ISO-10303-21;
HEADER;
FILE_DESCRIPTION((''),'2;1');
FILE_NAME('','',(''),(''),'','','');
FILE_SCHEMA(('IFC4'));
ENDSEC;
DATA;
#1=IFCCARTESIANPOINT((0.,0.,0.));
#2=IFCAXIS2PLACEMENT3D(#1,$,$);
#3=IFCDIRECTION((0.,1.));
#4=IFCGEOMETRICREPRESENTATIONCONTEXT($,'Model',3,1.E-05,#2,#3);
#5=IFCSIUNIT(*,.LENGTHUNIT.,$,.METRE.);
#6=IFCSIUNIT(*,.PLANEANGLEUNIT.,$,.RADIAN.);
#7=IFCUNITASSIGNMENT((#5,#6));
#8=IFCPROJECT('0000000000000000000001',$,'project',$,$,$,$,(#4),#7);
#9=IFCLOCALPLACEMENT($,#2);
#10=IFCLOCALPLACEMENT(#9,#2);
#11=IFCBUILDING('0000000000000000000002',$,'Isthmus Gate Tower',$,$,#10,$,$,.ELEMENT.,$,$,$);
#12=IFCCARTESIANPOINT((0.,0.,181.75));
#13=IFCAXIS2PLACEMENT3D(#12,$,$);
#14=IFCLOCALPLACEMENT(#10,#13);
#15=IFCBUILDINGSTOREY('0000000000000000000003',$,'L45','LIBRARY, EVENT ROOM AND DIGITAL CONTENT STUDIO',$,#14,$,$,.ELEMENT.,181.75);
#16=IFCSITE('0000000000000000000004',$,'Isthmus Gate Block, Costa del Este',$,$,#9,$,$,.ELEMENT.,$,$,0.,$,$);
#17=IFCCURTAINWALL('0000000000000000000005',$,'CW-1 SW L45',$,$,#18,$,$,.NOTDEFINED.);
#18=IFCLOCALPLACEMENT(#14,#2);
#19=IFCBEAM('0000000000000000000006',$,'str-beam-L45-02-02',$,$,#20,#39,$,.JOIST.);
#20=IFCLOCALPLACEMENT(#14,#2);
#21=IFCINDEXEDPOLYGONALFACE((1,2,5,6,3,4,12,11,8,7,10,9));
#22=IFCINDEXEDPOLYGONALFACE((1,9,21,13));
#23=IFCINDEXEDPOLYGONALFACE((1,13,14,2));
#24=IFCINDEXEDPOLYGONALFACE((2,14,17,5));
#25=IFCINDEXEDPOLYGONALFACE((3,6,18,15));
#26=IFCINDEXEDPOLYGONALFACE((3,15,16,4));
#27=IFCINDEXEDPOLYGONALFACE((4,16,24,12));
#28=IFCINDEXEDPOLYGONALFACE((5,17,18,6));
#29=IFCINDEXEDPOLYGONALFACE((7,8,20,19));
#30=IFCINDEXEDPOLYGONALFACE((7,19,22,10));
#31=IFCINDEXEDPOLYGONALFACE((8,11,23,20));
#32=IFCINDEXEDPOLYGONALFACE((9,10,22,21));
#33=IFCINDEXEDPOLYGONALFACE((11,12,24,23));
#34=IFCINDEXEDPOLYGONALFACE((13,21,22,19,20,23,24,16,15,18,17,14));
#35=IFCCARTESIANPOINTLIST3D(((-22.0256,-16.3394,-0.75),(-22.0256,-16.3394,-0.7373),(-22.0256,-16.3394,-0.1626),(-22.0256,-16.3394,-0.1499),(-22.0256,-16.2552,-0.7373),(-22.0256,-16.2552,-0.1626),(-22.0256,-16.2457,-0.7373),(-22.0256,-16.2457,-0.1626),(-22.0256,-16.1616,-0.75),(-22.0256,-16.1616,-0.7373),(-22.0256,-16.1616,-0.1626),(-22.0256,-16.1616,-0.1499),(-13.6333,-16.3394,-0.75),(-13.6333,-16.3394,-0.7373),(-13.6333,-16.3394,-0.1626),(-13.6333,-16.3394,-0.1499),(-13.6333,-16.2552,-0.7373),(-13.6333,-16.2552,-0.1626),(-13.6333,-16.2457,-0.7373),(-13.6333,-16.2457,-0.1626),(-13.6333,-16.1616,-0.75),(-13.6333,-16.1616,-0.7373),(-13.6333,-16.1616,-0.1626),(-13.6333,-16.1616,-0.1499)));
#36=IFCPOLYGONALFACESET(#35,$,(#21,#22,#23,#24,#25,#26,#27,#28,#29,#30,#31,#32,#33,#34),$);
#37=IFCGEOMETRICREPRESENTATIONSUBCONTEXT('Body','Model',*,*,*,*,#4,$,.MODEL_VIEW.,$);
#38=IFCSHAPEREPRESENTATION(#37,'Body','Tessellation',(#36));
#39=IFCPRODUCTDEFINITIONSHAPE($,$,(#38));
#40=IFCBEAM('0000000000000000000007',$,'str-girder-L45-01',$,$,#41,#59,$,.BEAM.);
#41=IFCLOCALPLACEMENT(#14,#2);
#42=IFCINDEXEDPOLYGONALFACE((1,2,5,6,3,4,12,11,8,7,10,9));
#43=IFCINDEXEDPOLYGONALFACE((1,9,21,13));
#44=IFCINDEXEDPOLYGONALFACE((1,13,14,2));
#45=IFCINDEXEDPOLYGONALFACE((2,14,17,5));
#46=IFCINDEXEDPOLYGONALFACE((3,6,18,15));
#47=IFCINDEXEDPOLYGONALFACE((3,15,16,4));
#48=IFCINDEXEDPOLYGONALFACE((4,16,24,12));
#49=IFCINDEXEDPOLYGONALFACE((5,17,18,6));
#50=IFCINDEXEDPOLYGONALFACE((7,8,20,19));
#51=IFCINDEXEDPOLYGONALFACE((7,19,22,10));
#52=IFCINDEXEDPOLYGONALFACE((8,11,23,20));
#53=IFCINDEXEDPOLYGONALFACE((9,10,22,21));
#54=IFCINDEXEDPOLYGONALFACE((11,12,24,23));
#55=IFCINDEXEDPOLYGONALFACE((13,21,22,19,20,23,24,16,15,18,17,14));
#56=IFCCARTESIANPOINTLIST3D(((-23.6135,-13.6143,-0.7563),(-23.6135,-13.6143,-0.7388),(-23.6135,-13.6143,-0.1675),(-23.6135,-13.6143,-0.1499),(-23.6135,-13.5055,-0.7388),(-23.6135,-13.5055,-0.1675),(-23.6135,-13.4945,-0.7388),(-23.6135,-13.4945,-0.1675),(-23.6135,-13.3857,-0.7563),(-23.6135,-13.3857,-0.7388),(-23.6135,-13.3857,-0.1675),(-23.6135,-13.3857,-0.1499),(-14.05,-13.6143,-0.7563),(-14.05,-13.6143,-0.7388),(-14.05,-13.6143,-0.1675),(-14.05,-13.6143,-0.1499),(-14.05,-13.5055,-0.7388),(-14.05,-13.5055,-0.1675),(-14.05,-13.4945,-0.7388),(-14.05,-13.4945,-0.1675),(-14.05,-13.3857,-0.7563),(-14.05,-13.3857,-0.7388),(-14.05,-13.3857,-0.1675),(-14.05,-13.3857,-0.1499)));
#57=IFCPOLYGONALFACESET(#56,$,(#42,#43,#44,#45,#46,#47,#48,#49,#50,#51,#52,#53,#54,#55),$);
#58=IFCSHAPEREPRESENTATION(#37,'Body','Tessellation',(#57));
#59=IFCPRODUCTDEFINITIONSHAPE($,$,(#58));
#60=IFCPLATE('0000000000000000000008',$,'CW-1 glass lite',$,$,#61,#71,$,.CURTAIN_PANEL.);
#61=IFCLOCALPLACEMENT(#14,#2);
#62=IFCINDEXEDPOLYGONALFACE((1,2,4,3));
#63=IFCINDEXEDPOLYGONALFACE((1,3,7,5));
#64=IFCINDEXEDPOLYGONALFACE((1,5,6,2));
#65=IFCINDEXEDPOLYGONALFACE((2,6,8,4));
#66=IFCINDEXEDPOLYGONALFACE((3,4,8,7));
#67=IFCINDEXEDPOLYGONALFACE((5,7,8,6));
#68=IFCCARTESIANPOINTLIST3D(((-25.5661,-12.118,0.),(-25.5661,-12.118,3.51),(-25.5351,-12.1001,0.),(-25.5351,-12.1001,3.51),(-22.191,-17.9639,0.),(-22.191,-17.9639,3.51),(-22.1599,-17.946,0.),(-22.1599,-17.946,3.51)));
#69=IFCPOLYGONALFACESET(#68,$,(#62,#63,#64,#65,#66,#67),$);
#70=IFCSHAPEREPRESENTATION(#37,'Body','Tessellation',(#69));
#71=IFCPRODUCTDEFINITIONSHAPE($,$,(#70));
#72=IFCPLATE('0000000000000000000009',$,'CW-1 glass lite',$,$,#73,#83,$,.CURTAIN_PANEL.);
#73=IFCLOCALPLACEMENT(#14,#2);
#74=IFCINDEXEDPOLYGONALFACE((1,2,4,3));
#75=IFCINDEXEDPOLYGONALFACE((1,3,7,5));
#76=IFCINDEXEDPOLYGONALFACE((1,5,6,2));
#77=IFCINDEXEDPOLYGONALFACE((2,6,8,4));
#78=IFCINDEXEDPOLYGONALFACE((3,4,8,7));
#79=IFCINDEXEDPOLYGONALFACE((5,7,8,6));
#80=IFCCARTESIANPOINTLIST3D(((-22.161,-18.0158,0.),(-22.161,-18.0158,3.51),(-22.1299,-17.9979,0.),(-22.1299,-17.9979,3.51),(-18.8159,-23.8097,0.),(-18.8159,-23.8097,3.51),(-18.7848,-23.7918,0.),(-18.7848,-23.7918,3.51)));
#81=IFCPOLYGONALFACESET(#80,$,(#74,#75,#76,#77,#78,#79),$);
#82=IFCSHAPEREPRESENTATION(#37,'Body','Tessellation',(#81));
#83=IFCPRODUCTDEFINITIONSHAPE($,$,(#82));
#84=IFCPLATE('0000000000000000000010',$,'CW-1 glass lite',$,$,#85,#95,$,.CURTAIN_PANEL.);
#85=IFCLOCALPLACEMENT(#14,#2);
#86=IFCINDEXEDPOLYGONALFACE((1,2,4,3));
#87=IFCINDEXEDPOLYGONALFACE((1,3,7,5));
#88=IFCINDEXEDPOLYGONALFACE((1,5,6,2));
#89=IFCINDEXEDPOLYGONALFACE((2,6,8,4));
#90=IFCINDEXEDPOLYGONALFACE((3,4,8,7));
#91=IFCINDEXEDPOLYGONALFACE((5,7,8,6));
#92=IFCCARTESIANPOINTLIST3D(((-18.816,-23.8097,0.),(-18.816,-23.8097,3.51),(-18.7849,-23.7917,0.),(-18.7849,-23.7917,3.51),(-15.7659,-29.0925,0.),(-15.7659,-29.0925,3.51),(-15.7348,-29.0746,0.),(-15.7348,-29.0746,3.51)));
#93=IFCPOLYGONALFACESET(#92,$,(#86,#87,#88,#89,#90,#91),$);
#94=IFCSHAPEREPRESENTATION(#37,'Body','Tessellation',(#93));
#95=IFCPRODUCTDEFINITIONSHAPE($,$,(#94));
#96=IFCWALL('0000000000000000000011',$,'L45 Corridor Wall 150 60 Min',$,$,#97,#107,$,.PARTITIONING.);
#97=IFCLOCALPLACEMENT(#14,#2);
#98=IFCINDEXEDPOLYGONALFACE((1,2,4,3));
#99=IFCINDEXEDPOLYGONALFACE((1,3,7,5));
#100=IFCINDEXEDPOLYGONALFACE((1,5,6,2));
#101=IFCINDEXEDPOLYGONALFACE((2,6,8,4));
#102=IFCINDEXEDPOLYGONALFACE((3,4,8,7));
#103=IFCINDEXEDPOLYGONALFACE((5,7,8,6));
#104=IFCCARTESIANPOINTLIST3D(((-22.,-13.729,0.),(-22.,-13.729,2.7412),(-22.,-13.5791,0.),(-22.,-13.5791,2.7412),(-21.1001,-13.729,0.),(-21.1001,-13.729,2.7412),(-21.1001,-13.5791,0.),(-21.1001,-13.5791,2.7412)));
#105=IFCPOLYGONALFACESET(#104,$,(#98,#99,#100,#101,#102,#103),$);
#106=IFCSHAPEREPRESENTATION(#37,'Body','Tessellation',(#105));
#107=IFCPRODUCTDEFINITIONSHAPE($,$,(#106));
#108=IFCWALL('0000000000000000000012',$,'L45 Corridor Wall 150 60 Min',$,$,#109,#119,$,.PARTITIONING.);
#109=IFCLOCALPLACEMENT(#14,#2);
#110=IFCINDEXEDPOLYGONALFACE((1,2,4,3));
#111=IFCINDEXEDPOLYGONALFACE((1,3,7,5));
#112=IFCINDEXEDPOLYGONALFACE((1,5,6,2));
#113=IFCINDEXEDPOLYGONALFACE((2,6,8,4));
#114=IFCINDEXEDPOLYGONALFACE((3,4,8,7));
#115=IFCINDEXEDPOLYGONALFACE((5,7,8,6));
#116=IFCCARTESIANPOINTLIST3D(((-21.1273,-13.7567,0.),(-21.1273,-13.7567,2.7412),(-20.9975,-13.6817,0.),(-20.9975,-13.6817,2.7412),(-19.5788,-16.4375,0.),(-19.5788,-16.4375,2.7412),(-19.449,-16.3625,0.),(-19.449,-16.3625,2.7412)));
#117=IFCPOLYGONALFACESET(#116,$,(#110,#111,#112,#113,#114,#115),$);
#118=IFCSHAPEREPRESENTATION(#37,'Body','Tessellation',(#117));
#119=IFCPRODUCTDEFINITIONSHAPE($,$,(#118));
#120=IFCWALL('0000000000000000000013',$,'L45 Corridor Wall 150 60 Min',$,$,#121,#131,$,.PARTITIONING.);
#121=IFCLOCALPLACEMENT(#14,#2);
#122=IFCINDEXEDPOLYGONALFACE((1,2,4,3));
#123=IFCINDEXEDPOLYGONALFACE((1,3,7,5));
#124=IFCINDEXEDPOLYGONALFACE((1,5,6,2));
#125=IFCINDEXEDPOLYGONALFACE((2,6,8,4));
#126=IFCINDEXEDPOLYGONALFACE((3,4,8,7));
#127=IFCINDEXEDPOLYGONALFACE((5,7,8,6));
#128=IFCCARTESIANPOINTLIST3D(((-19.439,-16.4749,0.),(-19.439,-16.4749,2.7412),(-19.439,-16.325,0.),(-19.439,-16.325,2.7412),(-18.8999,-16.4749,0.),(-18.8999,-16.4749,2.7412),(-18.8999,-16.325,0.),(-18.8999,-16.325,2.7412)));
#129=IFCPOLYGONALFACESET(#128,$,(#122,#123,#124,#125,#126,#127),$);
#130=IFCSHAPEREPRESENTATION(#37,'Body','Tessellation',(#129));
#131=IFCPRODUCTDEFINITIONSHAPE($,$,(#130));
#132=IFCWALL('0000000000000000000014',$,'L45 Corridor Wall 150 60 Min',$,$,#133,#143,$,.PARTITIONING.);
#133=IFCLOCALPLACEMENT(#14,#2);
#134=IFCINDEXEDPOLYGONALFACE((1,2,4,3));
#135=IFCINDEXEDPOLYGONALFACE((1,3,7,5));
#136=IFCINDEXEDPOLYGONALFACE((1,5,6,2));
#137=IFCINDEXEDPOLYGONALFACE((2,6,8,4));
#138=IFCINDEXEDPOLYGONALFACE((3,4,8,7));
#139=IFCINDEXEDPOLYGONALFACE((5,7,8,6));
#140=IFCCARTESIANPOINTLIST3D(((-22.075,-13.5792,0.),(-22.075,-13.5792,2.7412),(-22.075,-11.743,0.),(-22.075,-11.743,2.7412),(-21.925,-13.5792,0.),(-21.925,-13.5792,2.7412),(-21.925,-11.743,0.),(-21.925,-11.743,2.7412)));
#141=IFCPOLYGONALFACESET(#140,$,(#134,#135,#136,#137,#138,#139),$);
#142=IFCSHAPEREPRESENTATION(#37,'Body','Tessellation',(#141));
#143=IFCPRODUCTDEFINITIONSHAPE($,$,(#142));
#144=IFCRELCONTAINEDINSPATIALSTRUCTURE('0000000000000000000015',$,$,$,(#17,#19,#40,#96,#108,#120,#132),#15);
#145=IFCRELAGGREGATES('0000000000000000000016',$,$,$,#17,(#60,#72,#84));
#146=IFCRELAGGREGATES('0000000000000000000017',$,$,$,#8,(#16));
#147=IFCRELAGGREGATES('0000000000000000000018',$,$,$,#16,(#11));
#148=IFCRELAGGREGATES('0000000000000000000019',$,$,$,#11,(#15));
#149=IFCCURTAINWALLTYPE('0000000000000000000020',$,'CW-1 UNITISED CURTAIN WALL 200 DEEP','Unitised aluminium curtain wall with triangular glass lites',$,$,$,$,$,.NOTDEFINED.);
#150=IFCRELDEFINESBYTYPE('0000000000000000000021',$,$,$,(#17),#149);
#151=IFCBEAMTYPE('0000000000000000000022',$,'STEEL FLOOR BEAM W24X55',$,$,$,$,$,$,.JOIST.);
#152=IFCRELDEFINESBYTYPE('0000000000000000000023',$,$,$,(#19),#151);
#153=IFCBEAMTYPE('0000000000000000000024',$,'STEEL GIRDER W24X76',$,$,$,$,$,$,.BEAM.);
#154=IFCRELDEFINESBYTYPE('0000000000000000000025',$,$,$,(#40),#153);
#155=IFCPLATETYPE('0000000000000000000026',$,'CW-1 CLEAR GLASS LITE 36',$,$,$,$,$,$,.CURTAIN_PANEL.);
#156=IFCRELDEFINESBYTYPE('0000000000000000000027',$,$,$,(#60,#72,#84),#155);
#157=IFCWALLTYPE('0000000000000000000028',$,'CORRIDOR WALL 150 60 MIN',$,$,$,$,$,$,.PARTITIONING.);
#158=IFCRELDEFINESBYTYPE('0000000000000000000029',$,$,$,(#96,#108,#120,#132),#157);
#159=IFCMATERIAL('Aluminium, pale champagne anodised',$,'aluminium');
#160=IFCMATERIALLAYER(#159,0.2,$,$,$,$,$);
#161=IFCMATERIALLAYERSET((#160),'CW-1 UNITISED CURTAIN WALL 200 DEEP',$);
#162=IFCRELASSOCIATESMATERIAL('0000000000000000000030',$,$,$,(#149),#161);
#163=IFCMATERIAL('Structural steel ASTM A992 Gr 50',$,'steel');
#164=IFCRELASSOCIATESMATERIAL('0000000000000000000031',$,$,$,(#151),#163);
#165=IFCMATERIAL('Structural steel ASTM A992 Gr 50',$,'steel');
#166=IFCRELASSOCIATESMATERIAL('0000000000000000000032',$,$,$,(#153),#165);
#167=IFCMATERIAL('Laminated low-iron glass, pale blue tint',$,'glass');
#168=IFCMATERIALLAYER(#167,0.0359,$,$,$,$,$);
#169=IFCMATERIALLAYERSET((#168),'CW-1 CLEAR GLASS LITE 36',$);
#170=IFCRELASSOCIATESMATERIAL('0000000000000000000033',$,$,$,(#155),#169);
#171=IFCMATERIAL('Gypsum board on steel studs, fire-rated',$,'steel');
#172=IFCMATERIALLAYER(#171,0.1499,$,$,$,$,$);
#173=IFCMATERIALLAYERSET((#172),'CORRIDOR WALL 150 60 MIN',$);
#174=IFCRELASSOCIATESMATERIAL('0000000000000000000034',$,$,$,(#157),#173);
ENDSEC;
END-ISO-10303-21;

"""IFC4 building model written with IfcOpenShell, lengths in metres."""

from ifc_helpers import new_model, si_unit, direction, frame, frame_2d, origin, origin_2d, place, context, subcontext, project, spatial, rectangle, i_section, extrude, material, layer, layer_set, material_profile, profile_set, type_object, element, aggregate, save


model = new_model("IFC4")

# Units and contexts
model_context = context("Model", 3, precision=1e-05, world=origin(), true_north=direction((0.0, 1.0)))
body_context = subcontext(model_context, "Body", "Model", "MODEL_VIEW")
ifc_project = project(units=[si_unit("LENGTHUNIT", "METRE"), si_unit("PLANEANGLEUNIT", "RADIAN")], contexts=[model_context])

# Site, building, storey
site_placement = place(None, origin())
site = spatial("IfcSite", under=ifc_project, at=site_placement, Name="Isthmus Gate Block, Costa del Este", CompositionType="ELEMENT", RefElevation=0.0)
building_placement = place(site_placement, origin())
building = spatial("IfcBuilding", under=site, at=building_placement, Name="Isthmus Gate Tower", CompositionType="ELEMENT")
storey_placement = place(building_placement, frame((0.0, 0.0, 181.75)))
storey = spatial("IfcBuildingStorey", under=building, at=storey_placement, Name="L45", Description="LIBRARY, EVENT ROOM AND DIGITAL CONTENT STUDIO", CompositionType="ELEMENT", Elevation=181.75)

# Curtain wall
ifc_material_1 = material(Name="Aluminium, pale champagne anodised", Category="aluminium")
ifc_layer_1 = layer(ifc_material_1, 0.2)
ifc_layer_set_1 = layer_set([ifc_layer_1], Name="CW-1 UNITISED CURTAIN WALL 200 DEEP")
curtain_wall_type = type_object("IfcCurtainWallType", Name="CW-1 UNITISED CURTAIN WALL 200 DEEP", Description="Unitised aluminium curtain wall with triangular glass lites", PredefinedType="NOTDEFINED", material=ifc_layer_set_1)
curtain_wall_1_placement = place(storey_placement, origin())
curtain_wall_1 = element("IfcCurtainWall", 1, at=curtain_wall_1_placement, inside=storey, type_object=curtain_wall_type, Name="CW-1 SW L45", PredefinedType="NOTDEFINED")

# Beams
ifc_material_2 = material(Name="Structural steel ASTM A992 Gr 50", Category="steel")
ifc_material_profile_1 = material_profile(ifc_material_2, i_section(OverallWidth=0.1777, OverallDepth=0.6001, WebThickness=0.0095, FlangeThickness=0.0127, at=origin_2d()), Name="W24X55")
ifc_profile_set_1 = profile_set([ifc_material_profile_1], Name="Structural steel ASTM A992 Gr 50")
beam_type_1 = type_object("IfcBeamType", Name="STEEL FLOOR BEAM W24X55", PredefinedType="JOIST", material=ifc_profile_set_1)
beam_1_placement = place(storey_placement, frame((-22.0256, -16.2505, -0.45), z_axis=(1.0, 0.0, 0.0), x_axis=(0.0, 1.0, 0.0)))
element("IfcBeam", 2, at=beam_1_placement, inside=storey, type_object=beam_type_1, Name="str-beam-L45-02-02", PredefinedType="JOIST", context=body_context, shape_type="SweptSolid", body=[
    extrude(i_section(OverallWidth=0.1777, OverallDepth=0.6001, WebThickness=0.0095, FlangeThickness=0.0127, at=origin_2d()), origin(), (0.0, 0.0, 1.0), 8.3923),
])
ifc_material_3 = material(Name="Structural steel ASTM A992 Gr 50", Category="steel")
ifc_material_profile_2 = material_profile(ifc_material_3, i_section(OverallWidth=0.2285, OverallDepth=0.6064, WebThickness=0.011, FlangeThickness=0.0176, at=origin_2d()), Name="W24X76")
ifc_profile_set_2 = profile_set([ifc_material_profile_2], Name="Structural steel ASTM A992 Gr 50")
beam_type_2 = type_object("IfcBeamType", Name="STEEL GIRDER W24X76", PredefinedType="BEAM", material=ifc_profile_set_2)
beam_2_placement = place(storey_placement, frame((-23.6135, -13.5, -0.4531), z_axis=(1.0, 0.0, 0.0), x_axis=(0.0, 1.0, 0.0)))
element("IfcBeam", 3, at=beam_2_placement, inside=storey, type_object=beam_type_2, Name="str-girder-L45-01", PredefinedType="BEAM", context=body_context, shape_type="SweptSolid", body=[
    extrude(i_section(OverallWidth=0.2285, OverallDepth=0.6064, WebThickness=0.011, FlangeThickness=0.0176, at=origin_2d()), origin(), (0.0, 0.0, 1.0), 9.5635),
])

# Plates
ifc_material_4 = material(Name="Laminated low-iron glass, pale blue tint", Category="glass")
ifc_layer_2 = layer(ifc_material_4, 0.0359)
ifc_layer_set_2 = layer_set([ifc_layer_2], Name="CW-1 CLEAR GLASS LITE 36")
plate_type = type_object("IfcPlateType", Name="CW-1 CLEAR GLASS LITE 36", PredefinedType="CURTAIN_PANEL", material=ifc_layer_set_2)
plate_1_placement = place(storey_placement, frame((-23.863, -15.032, 0.0), z_axis=(0.0, 0.0, 1.0), x_axis=(0.5, -0.866025, 0.0)))
plate_1 = element("IfcPlate", 4, at=plate_1_placement, type_object=plate_type, Name="CW-1 glass lite", PredefinedType="CURTAIN_PANEL", context=body_context, shape_type="SweptSolid", body=[
    extrude(rectangle(XDim=6.7502, YDim=0.0359, at=origin_2d()), origin(), (0.0, 0.0, 1.0), 3.51),
])
plate_2_placement = place(storey_placement, frame((-20.4729, -20.9038, 0.0), z_axis=(0.0, 0.0, 1.0), x_axis=(0.5, -0.866025, 0.0)))
plate_2 = element("IfcPlate", 5, at=plate_2_placement, type_object=plate_type, Name="CW-1 glass lite", PredefinedType="CURTAIN_PANEL", context=body_context, shape_type="SweptSolid", body=[
    extrude(rectangle(XDim=6.6902, YDim=0.0359, at=origin_2d()), origin(), (0.0, 0.0, 1.0), 3.51),
])
plate_3_placement = place(storey_placement, frame((-17.2754, -26.4421, 0.0), z_axis=(0.0, 0.0, 1.0), x_axis=(0.5, -0.866025, 0.0)))
plate_3 = element("IfcPlate", 6, at=plate_3_placement, type_object=plate_type, Name="CW-1 glass lite", PredefinedType="CURTAIN_PANEL", context=body_context, shape_type="SweptSolid", body=[
    extrude(rectangle(XDim=6.1001, YDim=0.0359, at=origin_2d()), origin(), (0.0, 0.0, 1.0), 3.51),
])
aggregate(curtain_wall_1, [plate_1, plate_2, plate_3])

# Walls
ifc_material_5 = material(Name="Gypsum board on steel studs, fire-rated", Category="steel")
ifc_layer_3 = layer(ifc_material_5, 0.1499)
ifc_layer_set_3 = layer_set([ifc_layer_3], Name="CORRIDOR WALL 150 60 MIN")
wall_type = type_object("IfcWallType", Name="CORRIDOR WALL 150 60 MIN", PredefinedType="PARTITIONING", material=ifc_layer_set_3)
wall_1_placement = place(storey_placement, frame((-21.1001, -13.6541, 0.0), z_axis=(0.0, 0.0, 1.0), x_axis=(-1.0, 0.0, 0.0)))
element("IfcWall", 7, at=wall_1_placement, inside=storey, type_object=wall_type, Name="L45 Corridor Wall 150 60 Min", PredefinedType="PARTITIONING", context=body_context, shape_type="SweptSolid", body=[
    extrude(rectangle(XDim=0.8999, YDim=0.1499, at=frame_2d((0.45, 0.0))), origin(), (0.0, 0.0, 1.0), 2.7412),
])
wall_2_placement = place(storey_placement, frame((-19.5139, -16.3999, 0.0), z_axis=(0.0, 0.0, 1.0), x_axis=(-0.500184, 0.865919, 0.0)))
element("IfcWall", 8, at=wall_2_placement, inside=storey, type_object=wall_type, Name="L45 Corridor Wall 150 60 Min", PredefinedType="PARTITIONING", context=body_context, shape_type="SweptSolid", body=[
    extrude(rectangle(XDim=3.0959, YDim=0.1499, at=frame_2d((1.5479, 0.0))), origin(), (0.0, 0.0, 1.0), 2.7412),
])
wall_3_placement = place(storey_placement, frame((-18.8999, -16.3999, 0.0), z_axis=(0.0, 0.0, 1.0), x_axis=(-1.0, 0.0, 0.0)))
element("IfcWall", 9, at=wall_3_placement, inside=storey, type_object=wall_type, Name="L45 Corridor Wall 150 60 Min", PredefinedType="PARTITIONING", context=body_context, shape_type="SweptSolid", body=[
    extrude(rectangle(XDim=0.5391, YDim=0.1499, at=frame_2d((0.2695, 0.0))), origin(), (0.0, 0.0, 1.0), 2.7412),
])
wall_4_placement = place(storey_placement, frame((-22.0, -13.5791, 0.0), z_axis=(0.0, 0.0, 1.0), x_axis=(0.0, 1.0, 0.0)))
element("IfcWall", 10, at=wall_4_placement, inside=storey, type_object=wall_type, Name="L45 Corridor Wall 150 60 Min", PredefinedType="PARTITIONING", context=body_context, shape_type="SweptSolid", body=[
    extrude(rectangle(XDim=1.8362, YDim=0.1499, at=frame_2d((0.918, 0.0))), origin(), (0.0, 0.0, 1.0), 2.7412),
])

save(model, "model.ifc")
